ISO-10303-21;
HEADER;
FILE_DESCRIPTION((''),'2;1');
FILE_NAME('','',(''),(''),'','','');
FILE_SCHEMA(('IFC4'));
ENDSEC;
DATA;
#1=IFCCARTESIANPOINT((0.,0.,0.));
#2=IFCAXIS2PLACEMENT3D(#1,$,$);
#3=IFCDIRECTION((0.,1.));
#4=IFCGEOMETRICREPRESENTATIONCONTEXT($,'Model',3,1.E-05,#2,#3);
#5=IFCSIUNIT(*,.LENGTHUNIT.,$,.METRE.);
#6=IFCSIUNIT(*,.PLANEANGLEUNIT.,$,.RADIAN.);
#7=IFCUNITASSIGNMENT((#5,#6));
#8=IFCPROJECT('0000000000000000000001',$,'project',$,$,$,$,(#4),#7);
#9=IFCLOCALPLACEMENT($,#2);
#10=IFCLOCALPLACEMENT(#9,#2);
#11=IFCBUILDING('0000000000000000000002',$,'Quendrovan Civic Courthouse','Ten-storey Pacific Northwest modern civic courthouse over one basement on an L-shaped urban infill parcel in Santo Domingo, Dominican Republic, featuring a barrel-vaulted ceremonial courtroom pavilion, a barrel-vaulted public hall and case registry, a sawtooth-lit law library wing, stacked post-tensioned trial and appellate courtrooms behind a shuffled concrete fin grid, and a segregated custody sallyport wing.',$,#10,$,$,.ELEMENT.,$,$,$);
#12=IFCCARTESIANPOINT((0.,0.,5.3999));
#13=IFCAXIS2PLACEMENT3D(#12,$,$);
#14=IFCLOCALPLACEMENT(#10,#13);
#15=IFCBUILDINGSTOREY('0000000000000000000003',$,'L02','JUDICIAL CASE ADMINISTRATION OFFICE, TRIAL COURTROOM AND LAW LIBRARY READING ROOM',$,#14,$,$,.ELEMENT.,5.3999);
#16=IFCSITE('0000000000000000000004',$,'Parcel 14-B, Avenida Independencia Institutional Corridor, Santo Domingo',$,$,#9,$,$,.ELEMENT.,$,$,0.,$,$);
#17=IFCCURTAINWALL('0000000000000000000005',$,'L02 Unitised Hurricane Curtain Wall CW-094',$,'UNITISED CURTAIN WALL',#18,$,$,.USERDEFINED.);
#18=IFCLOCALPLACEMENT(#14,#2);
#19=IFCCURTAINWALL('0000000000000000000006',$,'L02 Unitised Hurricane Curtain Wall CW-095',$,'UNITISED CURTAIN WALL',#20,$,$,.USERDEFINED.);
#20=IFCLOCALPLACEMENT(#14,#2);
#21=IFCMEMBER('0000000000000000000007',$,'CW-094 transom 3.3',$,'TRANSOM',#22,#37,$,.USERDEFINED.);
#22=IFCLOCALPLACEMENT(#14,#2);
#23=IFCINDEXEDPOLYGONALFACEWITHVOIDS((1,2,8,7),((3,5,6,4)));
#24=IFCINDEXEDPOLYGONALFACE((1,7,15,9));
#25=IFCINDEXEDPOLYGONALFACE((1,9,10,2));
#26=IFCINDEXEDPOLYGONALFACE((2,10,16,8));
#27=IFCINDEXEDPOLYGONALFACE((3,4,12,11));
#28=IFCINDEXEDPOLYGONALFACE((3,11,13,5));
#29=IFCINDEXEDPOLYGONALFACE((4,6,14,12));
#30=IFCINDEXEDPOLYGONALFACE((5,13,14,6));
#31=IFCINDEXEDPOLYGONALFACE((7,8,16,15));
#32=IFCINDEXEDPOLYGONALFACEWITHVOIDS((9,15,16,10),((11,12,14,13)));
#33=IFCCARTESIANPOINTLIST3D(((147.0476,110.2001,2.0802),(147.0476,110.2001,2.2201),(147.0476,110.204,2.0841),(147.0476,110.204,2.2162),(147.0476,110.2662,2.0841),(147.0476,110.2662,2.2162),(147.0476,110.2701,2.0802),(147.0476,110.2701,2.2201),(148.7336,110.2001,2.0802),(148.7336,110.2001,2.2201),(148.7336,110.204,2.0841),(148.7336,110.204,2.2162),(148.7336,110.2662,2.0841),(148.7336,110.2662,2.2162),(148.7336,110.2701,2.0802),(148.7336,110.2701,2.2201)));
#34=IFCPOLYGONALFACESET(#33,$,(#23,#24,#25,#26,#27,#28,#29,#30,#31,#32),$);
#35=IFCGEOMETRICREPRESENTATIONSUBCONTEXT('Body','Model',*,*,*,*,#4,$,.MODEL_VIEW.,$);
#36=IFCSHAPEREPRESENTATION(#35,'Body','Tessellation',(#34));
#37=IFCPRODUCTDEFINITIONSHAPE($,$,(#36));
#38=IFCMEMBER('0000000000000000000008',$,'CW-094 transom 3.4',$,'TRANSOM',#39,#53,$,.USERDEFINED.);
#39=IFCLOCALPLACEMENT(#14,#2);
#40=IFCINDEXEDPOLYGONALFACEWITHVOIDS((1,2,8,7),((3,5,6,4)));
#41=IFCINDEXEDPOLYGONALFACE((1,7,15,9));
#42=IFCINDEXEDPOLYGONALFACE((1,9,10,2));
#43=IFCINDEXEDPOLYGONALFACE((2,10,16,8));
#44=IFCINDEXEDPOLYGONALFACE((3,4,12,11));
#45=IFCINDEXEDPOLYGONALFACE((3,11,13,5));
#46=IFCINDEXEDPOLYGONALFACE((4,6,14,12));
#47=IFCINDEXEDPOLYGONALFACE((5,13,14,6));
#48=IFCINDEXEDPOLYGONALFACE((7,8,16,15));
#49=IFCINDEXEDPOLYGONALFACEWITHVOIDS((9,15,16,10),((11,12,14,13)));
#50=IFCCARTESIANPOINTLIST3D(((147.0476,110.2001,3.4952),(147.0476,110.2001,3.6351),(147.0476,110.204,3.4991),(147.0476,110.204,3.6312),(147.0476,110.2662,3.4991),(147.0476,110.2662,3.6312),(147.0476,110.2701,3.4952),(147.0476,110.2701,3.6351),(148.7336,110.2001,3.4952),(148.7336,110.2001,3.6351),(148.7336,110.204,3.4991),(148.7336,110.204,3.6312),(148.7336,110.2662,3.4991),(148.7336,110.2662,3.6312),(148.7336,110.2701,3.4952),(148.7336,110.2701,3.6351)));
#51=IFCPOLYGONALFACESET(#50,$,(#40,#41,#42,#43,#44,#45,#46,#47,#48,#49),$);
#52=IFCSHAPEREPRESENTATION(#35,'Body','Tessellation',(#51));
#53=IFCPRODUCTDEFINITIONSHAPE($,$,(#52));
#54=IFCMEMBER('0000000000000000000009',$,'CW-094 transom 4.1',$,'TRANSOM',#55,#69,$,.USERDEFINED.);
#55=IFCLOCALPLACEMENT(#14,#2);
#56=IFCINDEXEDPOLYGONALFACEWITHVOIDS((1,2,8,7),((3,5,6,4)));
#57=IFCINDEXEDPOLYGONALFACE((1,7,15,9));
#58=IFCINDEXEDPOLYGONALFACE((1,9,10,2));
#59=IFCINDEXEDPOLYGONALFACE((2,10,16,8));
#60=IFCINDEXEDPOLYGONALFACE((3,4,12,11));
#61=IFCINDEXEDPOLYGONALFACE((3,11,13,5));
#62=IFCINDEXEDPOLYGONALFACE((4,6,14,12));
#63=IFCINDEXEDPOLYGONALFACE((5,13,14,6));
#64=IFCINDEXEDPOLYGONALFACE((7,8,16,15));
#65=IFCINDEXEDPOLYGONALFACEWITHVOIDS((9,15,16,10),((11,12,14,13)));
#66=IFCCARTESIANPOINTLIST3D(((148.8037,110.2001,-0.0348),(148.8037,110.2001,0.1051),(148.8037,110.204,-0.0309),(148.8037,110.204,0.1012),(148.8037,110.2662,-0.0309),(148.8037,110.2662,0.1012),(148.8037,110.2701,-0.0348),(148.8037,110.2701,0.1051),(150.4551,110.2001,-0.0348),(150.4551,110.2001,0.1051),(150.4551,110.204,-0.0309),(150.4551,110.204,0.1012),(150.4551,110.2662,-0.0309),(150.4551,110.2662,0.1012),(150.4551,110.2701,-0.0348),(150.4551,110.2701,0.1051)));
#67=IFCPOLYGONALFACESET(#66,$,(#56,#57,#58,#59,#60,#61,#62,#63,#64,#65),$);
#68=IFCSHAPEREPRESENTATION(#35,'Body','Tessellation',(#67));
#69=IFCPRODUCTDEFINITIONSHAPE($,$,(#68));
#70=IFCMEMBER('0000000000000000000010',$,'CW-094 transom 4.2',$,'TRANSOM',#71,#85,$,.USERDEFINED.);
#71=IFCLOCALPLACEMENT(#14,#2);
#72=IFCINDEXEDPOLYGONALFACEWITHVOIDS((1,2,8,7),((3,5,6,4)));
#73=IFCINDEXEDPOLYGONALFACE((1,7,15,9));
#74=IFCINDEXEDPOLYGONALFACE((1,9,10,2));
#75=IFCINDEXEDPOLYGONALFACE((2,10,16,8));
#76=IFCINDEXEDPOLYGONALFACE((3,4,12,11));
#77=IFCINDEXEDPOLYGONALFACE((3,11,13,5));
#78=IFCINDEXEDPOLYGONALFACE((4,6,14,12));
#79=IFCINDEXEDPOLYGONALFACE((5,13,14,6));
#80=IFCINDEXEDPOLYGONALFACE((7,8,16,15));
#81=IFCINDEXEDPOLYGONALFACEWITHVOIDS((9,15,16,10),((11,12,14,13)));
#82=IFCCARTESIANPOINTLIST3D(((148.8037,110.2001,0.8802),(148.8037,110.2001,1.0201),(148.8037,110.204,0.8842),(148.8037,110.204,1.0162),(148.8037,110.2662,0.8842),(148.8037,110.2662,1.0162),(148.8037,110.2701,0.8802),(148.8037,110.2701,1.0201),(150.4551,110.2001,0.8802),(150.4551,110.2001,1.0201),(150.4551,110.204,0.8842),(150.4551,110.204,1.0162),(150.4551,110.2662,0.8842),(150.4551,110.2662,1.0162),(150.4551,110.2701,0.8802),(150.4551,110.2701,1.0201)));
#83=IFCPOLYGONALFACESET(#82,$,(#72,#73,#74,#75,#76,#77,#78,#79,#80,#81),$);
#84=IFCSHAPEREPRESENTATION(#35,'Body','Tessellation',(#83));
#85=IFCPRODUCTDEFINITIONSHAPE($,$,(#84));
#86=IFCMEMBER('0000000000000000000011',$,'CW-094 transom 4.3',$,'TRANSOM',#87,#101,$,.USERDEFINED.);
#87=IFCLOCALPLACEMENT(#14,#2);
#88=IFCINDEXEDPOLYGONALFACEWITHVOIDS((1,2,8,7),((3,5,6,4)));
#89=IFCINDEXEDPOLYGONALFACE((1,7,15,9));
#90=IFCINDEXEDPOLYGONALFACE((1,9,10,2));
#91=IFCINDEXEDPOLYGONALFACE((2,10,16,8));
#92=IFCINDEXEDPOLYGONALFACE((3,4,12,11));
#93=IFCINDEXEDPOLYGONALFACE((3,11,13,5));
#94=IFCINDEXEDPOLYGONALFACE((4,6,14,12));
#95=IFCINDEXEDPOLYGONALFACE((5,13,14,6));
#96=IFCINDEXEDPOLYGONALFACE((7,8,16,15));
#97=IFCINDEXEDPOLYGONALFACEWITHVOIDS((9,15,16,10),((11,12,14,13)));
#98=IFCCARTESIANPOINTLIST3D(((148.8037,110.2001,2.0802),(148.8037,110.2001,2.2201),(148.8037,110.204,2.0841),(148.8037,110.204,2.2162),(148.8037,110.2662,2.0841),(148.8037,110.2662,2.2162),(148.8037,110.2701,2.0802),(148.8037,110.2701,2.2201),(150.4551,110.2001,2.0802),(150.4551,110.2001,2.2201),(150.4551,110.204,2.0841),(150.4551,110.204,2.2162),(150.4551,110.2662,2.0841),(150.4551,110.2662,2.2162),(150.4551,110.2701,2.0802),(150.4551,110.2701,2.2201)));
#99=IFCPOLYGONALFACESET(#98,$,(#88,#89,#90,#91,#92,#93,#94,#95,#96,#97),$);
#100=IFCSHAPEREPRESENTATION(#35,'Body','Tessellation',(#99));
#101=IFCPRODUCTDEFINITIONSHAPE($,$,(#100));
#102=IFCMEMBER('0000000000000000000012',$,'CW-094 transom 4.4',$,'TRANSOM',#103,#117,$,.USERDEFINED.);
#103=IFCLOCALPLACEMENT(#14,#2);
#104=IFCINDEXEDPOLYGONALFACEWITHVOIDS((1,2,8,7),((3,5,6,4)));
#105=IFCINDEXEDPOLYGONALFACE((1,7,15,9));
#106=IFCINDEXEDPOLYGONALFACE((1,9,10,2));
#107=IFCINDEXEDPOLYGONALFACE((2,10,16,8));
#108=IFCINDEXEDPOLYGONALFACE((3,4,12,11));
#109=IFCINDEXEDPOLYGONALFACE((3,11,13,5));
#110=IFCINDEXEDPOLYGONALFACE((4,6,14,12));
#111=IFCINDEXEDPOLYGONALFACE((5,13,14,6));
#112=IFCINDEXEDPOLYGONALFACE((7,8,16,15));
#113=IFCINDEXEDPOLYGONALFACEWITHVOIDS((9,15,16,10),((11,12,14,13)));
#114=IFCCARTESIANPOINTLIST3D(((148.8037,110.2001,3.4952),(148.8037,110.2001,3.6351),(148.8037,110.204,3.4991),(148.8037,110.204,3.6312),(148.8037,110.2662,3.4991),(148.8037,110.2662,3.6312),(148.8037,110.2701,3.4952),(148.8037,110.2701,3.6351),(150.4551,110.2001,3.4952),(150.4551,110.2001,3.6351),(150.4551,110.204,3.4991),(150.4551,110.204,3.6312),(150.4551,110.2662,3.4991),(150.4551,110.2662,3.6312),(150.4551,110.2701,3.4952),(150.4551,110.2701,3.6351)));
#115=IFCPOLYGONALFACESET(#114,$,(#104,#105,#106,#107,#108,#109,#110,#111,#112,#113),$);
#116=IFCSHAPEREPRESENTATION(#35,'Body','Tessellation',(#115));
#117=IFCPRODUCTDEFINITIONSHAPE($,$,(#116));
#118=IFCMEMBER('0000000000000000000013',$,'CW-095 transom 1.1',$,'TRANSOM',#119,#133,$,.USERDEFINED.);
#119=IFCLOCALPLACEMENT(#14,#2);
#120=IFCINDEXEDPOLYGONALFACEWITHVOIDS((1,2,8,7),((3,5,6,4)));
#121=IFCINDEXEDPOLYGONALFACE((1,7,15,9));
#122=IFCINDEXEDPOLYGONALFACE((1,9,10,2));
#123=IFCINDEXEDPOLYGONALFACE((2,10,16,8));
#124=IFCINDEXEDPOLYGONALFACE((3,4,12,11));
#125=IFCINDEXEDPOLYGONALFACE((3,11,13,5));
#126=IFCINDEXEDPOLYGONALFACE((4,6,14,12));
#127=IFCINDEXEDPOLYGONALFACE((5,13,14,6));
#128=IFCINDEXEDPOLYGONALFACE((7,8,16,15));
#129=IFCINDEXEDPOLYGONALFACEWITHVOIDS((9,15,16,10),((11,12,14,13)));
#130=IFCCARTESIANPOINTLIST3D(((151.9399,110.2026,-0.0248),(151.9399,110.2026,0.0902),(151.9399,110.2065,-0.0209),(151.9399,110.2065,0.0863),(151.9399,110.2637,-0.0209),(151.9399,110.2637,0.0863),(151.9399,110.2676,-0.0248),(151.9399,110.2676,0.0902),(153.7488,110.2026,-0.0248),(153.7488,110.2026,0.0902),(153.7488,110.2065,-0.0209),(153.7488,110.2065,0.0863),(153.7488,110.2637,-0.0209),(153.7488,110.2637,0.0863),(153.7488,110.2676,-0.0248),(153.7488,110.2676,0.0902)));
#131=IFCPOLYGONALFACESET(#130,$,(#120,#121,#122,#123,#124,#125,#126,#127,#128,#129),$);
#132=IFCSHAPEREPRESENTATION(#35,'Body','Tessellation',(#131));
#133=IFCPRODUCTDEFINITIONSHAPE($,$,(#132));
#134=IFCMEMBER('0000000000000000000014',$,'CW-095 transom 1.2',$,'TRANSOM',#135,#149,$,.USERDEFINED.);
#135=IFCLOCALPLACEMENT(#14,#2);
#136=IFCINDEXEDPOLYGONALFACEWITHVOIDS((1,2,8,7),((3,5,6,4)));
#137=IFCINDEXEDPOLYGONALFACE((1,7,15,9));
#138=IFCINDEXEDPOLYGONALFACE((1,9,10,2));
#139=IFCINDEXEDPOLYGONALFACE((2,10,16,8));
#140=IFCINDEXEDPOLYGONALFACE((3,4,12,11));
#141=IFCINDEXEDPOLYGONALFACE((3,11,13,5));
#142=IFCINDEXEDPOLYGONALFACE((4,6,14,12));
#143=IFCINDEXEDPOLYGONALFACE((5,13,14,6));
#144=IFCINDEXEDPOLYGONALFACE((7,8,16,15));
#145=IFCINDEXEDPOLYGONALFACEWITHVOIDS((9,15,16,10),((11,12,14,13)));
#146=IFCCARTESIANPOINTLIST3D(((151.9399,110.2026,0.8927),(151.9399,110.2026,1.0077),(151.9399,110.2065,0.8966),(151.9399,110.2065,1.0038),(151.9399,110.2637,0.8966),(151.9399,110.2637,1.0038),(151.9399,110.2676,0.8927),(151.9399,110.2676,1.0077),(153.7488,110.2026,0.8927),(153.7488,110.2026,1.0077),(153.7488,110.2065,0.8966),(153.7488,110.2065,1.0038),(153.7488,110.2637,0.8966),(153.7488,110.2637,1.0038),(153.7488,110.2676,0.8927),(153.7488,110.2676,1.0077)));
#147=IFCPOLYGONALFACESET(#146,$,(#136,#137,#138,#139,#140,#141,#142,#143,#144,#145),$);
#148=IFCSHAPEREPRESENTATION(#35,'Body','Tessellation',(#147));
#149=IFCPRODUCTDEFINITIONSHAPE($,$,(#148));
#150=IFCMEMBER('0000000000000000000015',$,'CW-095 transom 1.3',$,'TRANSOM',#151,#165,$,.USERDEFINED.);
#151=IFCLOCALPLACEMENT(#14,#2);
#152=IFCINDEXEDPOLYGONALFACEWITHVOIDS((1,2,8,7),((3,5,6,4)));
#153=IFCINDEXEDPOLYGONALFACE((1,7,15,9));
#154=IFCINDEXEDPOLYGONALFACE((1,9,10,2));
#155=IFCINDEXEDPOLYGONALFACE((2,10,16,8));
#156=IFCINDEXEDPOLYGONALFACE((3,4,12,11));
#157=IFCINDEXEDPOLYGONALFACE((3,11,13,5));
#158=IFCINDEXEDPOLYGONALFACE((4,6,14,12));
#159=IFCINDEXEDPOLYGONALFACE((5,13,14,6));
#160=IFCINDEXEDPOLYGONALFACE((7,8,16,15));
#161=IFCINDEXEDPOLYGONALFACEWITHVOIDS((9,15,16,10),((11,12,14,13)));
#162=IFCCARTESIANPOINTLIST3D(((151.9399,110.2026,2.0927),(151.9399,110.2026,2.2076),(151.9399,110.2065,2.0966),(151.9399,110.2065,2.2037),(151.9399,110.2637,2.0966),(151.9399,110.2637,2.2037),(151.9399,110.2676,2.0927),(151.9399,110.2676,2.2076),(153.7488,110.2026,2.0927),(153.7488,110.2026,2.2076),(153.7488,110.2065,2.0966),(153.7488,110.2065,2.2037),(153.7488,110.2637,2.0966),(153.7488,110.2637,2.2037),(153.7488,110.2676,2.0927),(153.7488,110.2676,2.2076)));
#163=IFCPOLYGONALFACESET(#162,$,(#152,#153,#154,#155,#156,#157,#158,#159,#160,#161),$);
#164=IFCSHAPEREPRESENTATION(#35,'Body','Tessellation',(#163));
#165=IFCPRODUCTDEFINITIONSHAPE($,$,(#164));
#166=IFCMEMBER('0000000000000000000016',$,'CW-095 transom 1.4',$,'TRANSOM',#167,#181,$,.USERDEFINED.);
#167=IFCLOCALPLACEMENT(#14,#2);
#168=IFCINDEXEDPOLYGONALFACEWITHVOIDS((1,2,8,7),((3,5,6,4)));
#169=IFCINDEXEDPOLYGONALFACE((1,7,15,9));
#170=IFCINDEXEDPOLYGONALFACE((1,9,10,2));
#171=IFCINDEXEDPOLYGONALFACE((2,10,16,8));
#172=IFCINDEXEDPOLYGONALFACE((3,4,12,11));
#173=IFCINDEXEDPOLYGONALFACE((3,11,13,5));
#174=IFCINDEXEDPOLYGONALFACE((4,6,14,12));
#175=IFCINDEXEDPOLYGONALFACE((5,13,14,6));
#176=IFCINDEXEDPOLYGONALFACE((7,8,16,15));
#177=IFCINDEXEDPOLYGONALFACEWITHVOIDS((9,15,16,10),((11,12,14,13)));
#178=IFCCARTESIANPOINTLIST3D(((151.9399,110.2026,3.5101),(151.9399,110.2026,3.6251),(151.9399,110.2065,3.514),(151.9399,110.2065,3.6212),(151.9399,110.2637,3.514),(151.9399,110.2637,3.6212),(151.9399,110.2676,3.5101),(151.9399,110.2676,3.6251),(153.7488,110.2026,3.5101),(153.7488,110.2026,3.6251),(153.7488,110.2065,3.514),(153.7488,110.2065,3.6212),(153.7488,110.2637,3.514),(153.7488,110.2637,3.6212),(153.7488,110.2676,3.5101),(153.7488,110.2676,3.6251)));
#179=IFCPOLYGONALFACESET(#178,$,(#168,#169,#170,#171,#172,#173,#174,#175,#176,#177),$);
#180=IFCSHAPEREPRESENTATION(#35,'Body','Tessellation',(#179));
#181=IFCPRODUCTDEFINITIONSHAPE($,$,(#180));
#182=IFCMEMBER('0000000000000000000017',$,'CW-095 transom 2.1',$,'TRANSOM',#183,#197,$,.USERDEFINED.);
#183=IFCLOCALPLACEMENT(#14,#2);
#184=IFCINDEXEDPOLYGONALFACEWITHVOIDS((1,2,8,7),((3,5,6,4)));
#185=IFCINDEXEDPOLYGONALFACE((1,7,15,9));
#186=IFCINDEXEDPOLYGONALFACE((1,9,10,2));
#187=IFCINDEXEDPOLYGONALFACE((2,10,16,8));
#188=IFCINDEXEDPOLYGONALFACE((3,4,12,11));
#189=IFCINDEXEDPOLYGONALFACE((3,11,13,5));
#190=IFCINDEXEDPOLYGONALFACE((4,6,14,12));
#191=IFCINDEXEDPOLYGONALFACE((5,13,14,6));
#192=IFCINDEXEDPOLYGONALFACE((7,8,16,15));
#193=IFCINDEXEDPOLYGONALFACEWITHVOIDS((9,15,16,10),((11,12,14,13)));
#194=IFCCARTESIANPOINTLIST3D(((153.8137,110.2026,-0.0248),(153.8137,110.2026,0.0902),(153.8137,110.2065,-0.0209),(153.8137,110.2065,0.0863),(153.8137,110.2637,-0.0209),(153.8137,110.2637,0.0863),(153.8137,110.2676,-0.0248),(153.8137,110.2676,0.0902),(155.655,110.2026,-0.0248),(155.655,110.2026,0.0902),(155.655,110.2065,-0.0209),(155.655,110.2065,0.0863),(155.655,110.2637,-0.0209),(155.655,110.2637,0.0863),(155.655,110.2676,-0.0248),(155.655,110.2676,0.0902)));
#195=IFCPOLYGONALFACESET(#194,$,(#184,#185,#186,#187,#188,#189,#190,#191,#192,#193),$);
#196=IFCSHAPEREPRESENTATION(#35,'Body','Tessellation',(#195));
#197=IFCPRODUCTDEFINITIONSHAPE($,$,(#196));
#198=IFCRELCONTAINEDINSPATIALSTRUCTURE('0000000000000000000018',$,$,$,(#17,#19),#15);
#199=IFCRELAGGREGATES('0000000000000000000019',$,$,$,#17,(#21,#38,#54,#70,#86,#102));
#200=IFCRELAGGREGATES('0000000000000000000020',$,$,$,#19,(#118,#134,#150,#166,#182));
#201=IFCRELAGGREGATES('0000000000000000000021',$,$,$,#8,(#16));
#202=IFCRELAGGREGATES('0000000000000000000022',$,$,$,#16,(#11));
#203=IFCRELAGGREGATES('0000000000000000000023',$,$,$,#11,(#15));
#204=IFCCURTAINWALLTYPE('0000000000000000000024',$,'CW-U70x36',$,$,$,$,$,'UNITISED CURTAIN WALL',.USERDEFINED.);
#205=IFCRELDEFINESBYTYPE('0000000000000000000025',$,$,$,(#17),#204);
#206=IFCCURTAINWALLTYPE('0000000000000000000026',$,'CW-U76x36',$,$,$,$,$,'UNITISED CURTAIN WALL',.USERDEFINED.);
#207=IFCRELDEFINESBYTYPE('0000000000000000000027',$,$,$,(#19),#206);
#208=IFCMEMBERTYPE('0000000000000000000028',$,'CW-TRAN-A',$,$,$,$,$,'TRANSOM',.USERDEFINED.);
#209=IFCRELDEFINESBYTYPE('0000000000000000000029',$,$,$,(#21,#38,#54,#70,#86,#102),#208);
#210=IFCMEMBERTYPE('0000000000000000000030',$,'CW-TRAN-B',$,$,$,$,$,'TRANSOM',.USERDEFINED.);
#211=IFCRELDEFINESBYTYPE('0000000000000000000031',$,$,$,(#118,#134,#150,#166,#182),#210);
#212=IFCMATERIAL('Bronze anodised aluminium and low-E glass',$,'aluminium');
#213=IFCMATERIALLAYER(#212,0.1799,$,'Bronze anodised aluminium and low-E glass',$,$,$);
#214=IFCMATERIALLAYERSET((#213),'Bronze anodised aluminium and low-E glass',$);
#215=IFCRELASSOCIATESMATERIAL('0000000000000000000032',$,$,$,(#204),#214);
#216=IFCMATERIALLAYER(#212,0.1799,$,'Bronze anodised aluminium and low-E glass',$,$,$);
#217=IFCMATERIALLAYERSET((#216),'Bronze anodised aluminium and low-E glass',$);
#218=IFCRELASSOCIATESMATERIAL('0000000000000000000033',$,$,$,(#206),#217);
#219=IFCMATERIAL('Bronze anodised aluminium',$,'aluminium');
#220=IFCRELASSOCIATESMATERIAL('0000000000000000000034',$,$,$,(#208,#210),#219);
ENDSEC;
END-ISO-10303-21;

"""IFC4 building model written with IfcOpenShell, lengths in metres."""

from ifc_helpers import new_model, si_unit, direction, frame, origin, origin_2d, place, context, subcontext, project, spatial, hollow_rectangle, extrude, material, layer, layer_set, material_profile, profile_set, type_object, element, aggregate, save


model = new_model("IFC4")

# Units and contexts
model_context = context("Model", 3, precision=1e-05, world=origin(), true_north=direction((0.0, 1.0)))
body_context = subcontext(model_context, "Body", "Model", "MODEL_VIEW")
ifc_project = project(units=[si_unit("LENGTHUNIT", "METRE"), si_unit("PLANEANGLEUNIT", "RADIAN")], contexts=[model_context])

# Site, building, storey
site_placement = place(None, origin())
site = spatial("IfcSite", under=ifc_project, at=site_placement, Name="Parcel 14-B, Avenida Independencia Institutional Corridor, Santo Domingo", CompositionType="ELEMENT", RefElevation=0.0)
building_placement = place(site_placement, origin())
building = spatial("IfcBuilding", under=site, at=building_placement, Name="Quendrovan Civic Courthouse", Description="Ten-storey Pacific Northwest modern civic courthouse over one basement on an L-shaped urban infill parcel in Santo Domingo, Dominican Republic, featuring a barrel-vaulted ceremonial courtroom pavilion, a barrel-vaulted public hall and case registry, a sawtooth-lit law library wing, stacked post-tensioned trial and appellate courtrooms behind a shuffled concrete fin grid, and a segregated custody sallyport wing.", CompositionType="ELEMENT")
storey_placement = place(building_placement, frame((0.0, 0.0, 5.3999)))
storey = spatial("IfcBuildingStorey", under=building, at=storey_placement, Name="L02", Description="JUDICIAL CASE ADMINISTRATION OFFICE, TRIAL COURTROOM AND LAW LIBRARY READING ROOM", CompositionType="ELEMENT", Elevation=5.3999)

# Curtain walls
ifc_material_1 = material(Name="Bronze anodised aluminium and low-E glass", Category="aluminium")
ifc_layer_1 = layer(ifc_material_1, 0.1799, Name="Bronze anodised aluminium and low-E glass")
ifc_layer_set_1 = layer_set([ifc_layer_1], Name="Bronze anodised aluminium and low-E glass")
curtain_wall_type_1 = type_object("IfcCurtainWallType", Name="CW-U70x36", ElementType="UNITISED CURTAIN WALL", PredefinedType="USERDEFINED", material=ifc_layer_set_1)
curtain_wall_1_placement = place(storey_placement, origin())
curtain_wall_1 = element("IfcCurtainWall", 1, at=curtain_wall_1_placement, inside=storey, type_object=curtain_wall_type_1, Name="L02 Unitised Hurricane Curtain Wall CW-094", ObjectType="UNITISED CURTAIN WALL", PredefinedType="USERDEFINED")
ifc_material_2 = material(Name="Bronze anodised aluminium", Category="aluminium")
ifc_layer_2 = layer(ifc_material_1, 0.1799, Name="Bronze anodised aluminium and low-E glass")
ifc_layer_set_2 = layer_set([ifc_layer_2], Name="Bronze anodised aluminium and low-E glass")
curtain_wall_type_2 = type_object("IfcCurtainWallType", Name="CW-U76x36", ElementType="UNITISED CURTAIN WALL", PredefinedType="USERDEFINED", material=ifc_layer_set_2)
curtain_wall_2_placement = place(storey_placement, origin())
curtain_wall_2 = element("IfcCurtainWall", 2, at=curtain_wall_2_placement, inside=storey, type_object=curtain_wall_type_2, Name="L02 Unitised Hurricane Curtain Wall CW-095", ObjectType="UNITISED CURTAIN WALL", PredefinedType="USERDEFINED")

# Members
ifc_material_profile_1 = material_profile(ifc_material_2, hollow_rectangle(XDim=0.0701, YDim=0.1399, WallThickness=0.0039, at=origin_2d()), Name="CW-TRAN-70x140")
ifc_profile_set_1 = profile_set([ifc_material_profile_1], Name="Bronze anodised aluminium")
member_type_1 = type_object("IfcMemberType", Name="CW-TRAN-A", ElementType="TRANSOM", PredefinedType="USERDEFINED", material=ifc_profile_set_1)
member_1_placement = place(storey_placement, frame((147.0476, 110.2351, 2.1501), z_axis=(1.0, 0.0, 0.0), x_axis=(0.0, 1.0, 0.0)))
member_1 = element("IfcMember", 3, at=member_1_placement, type_object=member_type_1, Name="CW-094 transom 3.3", ObjectType="TRANSOM", PredefinedType="USERDEFINED", context=body_context, shape_type="SweptSolid", body=[
    extrude(hollow_rectangle(XDim=0.0701, YDim=0.1399, WallThickness=0.0039, at=origin_2d()), origin(), (0.0, 0.0, 1.0), 1.686),
])
member_2_placement = place(storey_placement, frame((147.0476, 110.2351, 3.5652), z_axis=(1.0, 0.0, 0.0), x_axis=(0.0, 1.0, 0.0)))
member_2 = element("IfcMember", 4, at=member_2_placement, type_object=member_type_1, Name="CW-094 transom 3.4", ObjectType="TRANSOM", PredefinedType="USERDEFINED", context=body_context, shape_type="SweptSolid", body=[
    extrude(hollow_rectangle(XDim=0.0701, YDim=0.1399, WallThickness=0.0039, at=origin_2d()), origin(), (0.0, 0.0, 1.0), 1.686),
])
member_3_placement = place(storey_placement, frame((148.8037, 110.2351, 0.0352), z_axis=(1.0, 0.0, 0.0), x_axis=(0.0, 1.0, 0.0)))
member_3 = element("IfcMember", 5, at=member_3_placement, type_object=member_type_1, Name="CW-094 transom 4.1", ObjectType="TRANSOM", PredefinedType="USERDEFINED", context=body_context, shape_type="SweptSolid", body=[
    extrude(hollow_rectangle(XDim=0.0701, YDim=0.1399, WallThickness=0.0039, at=origin_2d()), origin(), (0.0, 0.0, 1.0), 1.6514),
])
member_4_placement = place(storey_placement, frame((148.8037, 110.2351, 0.9502), z_axis=(1.0, 0.0, 0.0), x_axis=(0.0, 1.0, 0.0)))
member_4 = element("IfcMember", 6, at=member_4_placement, type_object=member_type_1, Name="CW-094 transom 4.2", ObjectType="TRANSOM", PredefinedType="USERDEFINED", context=body_context, shape_type="SweptSolid", body=[
    extrude(hollow_rectangle(XDim=0.0701, YDim=0.1399, WallThickness=0.0039, at=origin_2d()), origin(), (0.0, 0.0, 1.0), 1.6514),
])
member_5_placement = place(storey_placement, frame((148.8037, 110.2351, 2.1501), z_axis=(1.0, 0.0, 0.0), x_axis=(0.0, 1.0, 0.0)))
member_5 = element("IfcMember", 7, at=member_5_placement, type_object=member_type_1, Name="CW-094 transom 4.3", ObjectType="TRANSOM", PredefinedType="USERDEFINED", context=body_context, shape_type="SweptSolid", body=[
    extrude(hollow_rectangle(XDim=0.0701, YDim=0.1399, WallThickness=0.0039, at=origin_2d()), origin(), (0.0, 0.0, 1.0), 1.6514),
])
member_6_placement = place(storey_placement, frame((148.8037, 110.2351, 3.5652), z_axis=(1.0, 0.0, 0.0), x_axis=(0.0, 1.0, 0.0)))
member_6 = element("IfcMember", 8, at=member_6_placement, type_object=member_type_1, Name="CW-094 transom 4.4", ObjectType="TRANSOM", PredefinedType="USERDEFINED", context=body_context, shape_type="SweptSolid", body=[
    extrude(hollow_rectangle(XDim=0.0701, YDim=0.1399, WallThickness=0.0039, at=origin_2d()), origin(), (0.0, 0.0, 1.0), 1.6514),
])
ifc_material_profile_2 = material_profile(ifc_material_2, hollow_rectangle(XDim=0.0649, YDim=0.115, WallThickness=0.0039, at=origin_2d()), Name="CW-TRAN-65x115")
ifc_profile_set_2 = profile_set([ifc_material_profile_2], Name="Bronze anodised aluminium")
member_type_2 = type_object("IfcMemberType", Name="CW-TRAN-B", ElementType="TRANSOM", PredefinedType="USERDEFINED", material=ifc_profile_set_2)
member_7_placement = place(storey_placement, frame((151.9399, 110.2351, 0.0327), z_axis=(1.0, 0.0, 0.0), x_axis=(0.0, 1.0, 0.0)))
member_7 = element("IfcMember", 9, at=member_7_placement, type_object=member_type_2, Name="CW-095 transom 1.1", ObjectType="TRANSOM", PredefinedType="USERDEFINED", context=body_context, shape_type="SweptSolid", body=[
    extrude(hollow_rectangle(XDim=0.0649, YDim=0.115, WallThickness=0.0039, at=origin_2d()), origin(), (0.0, 0.0, 1.0), 1.8088),
])
member_8_placement = place(storey_placement, frame((151.9399, 110.2351, 0.9502), z_axis=(1.0, 0.0, 0.0), x_axis=(0.0, 1.0, 0.0)))
member_8 = element("IfcMember", 10, at=member_8_placement, type_object=member_type_2, Name="CW-095 transom 1.2", ObjectType="TRANSOM", PredefinedType="USERDEFINED", context=body_context, shape_type="SweptSolid", body=[
    extrude(hollow_rectangle(XDim=0.0649, YDim=0.115, WallThickness=0.0039, at=origin_2d()), origin(), (0.0, 0.0, 1.0), 1.8088),
])
member_9_placement = place(storey_placement, frame((151.9399, 110.2351, 2.1501), z_axis=(1.0, 0.0, 0.0), x_axis=(0.0, 1.0, 0.0)))
member_9 = element("IfcMember", 11, at=member_9_placement, type_object=member_type_2, Name="CW-095 transom 1.3", ObjectType="TRANSOM", PredefinedType="USERDEFINED", context=body_context, shape_type="SweptSolid", body=[
    extrude(hollow_rectangle(XDim=0.0649, YDim=0.115, WallThickness=0.0039, at=origin_2d()), origin(), (0.0, 0.0, 1.0), 1.8088),
])
member_10_placement = place(storey_placement, frame((151.9399, 110.2351, 3.5676), z_axis=(1.0, 0.0, 0.0), x_axis=(0.0, 1.0, 0.0)))
member_10 = element("IfcMember", 12, at=member_10_placement, type_object=member_type_2, Name="CW-095 transom 1.4", ObjectType="TRANSOM", PredefinedType="USERDEFINED", context=body_context, shape_type="SweptSolid", body=[
    extrude(hollow_rectangle(XDim=0.0649, YDim=0.115, WallThickness=0.0039, at=origin_2d()), origin(), (0.0, 0.0, 1.0), 1.8088),
])
member_11_placement = place(storey_placement, frame((153.8137, 110.2351, 0.0327), z_axis=(1.0, 0.0, 0.0), x_axis=(0.0, 1.0, 0.0)))
member_11 = element("IfcMember", 13, at=member_11_placement, type_object=member_type_2, Name="CW-095 transom 2.1", ObjectType="TRANSOM", PredefinedType="USERDEFINED", context=body_context, shape_type="SweptSolid", body=[
    extrude(hollow_rectangle(XDim=0.0649, YDim=0.115, WallThickness=0.0039, at=origin_2d()), origin(), (0.0, 0.0, 1.0), 1.8413),
])

aggregate(curtain_wall_1, [member_1, member_2, member_3, member_4, member_5, member_6])
aggregate(curtain_wall_2, [member_7, member_8, member_9, member_10, member_11])

save(model, "model.ifc")
